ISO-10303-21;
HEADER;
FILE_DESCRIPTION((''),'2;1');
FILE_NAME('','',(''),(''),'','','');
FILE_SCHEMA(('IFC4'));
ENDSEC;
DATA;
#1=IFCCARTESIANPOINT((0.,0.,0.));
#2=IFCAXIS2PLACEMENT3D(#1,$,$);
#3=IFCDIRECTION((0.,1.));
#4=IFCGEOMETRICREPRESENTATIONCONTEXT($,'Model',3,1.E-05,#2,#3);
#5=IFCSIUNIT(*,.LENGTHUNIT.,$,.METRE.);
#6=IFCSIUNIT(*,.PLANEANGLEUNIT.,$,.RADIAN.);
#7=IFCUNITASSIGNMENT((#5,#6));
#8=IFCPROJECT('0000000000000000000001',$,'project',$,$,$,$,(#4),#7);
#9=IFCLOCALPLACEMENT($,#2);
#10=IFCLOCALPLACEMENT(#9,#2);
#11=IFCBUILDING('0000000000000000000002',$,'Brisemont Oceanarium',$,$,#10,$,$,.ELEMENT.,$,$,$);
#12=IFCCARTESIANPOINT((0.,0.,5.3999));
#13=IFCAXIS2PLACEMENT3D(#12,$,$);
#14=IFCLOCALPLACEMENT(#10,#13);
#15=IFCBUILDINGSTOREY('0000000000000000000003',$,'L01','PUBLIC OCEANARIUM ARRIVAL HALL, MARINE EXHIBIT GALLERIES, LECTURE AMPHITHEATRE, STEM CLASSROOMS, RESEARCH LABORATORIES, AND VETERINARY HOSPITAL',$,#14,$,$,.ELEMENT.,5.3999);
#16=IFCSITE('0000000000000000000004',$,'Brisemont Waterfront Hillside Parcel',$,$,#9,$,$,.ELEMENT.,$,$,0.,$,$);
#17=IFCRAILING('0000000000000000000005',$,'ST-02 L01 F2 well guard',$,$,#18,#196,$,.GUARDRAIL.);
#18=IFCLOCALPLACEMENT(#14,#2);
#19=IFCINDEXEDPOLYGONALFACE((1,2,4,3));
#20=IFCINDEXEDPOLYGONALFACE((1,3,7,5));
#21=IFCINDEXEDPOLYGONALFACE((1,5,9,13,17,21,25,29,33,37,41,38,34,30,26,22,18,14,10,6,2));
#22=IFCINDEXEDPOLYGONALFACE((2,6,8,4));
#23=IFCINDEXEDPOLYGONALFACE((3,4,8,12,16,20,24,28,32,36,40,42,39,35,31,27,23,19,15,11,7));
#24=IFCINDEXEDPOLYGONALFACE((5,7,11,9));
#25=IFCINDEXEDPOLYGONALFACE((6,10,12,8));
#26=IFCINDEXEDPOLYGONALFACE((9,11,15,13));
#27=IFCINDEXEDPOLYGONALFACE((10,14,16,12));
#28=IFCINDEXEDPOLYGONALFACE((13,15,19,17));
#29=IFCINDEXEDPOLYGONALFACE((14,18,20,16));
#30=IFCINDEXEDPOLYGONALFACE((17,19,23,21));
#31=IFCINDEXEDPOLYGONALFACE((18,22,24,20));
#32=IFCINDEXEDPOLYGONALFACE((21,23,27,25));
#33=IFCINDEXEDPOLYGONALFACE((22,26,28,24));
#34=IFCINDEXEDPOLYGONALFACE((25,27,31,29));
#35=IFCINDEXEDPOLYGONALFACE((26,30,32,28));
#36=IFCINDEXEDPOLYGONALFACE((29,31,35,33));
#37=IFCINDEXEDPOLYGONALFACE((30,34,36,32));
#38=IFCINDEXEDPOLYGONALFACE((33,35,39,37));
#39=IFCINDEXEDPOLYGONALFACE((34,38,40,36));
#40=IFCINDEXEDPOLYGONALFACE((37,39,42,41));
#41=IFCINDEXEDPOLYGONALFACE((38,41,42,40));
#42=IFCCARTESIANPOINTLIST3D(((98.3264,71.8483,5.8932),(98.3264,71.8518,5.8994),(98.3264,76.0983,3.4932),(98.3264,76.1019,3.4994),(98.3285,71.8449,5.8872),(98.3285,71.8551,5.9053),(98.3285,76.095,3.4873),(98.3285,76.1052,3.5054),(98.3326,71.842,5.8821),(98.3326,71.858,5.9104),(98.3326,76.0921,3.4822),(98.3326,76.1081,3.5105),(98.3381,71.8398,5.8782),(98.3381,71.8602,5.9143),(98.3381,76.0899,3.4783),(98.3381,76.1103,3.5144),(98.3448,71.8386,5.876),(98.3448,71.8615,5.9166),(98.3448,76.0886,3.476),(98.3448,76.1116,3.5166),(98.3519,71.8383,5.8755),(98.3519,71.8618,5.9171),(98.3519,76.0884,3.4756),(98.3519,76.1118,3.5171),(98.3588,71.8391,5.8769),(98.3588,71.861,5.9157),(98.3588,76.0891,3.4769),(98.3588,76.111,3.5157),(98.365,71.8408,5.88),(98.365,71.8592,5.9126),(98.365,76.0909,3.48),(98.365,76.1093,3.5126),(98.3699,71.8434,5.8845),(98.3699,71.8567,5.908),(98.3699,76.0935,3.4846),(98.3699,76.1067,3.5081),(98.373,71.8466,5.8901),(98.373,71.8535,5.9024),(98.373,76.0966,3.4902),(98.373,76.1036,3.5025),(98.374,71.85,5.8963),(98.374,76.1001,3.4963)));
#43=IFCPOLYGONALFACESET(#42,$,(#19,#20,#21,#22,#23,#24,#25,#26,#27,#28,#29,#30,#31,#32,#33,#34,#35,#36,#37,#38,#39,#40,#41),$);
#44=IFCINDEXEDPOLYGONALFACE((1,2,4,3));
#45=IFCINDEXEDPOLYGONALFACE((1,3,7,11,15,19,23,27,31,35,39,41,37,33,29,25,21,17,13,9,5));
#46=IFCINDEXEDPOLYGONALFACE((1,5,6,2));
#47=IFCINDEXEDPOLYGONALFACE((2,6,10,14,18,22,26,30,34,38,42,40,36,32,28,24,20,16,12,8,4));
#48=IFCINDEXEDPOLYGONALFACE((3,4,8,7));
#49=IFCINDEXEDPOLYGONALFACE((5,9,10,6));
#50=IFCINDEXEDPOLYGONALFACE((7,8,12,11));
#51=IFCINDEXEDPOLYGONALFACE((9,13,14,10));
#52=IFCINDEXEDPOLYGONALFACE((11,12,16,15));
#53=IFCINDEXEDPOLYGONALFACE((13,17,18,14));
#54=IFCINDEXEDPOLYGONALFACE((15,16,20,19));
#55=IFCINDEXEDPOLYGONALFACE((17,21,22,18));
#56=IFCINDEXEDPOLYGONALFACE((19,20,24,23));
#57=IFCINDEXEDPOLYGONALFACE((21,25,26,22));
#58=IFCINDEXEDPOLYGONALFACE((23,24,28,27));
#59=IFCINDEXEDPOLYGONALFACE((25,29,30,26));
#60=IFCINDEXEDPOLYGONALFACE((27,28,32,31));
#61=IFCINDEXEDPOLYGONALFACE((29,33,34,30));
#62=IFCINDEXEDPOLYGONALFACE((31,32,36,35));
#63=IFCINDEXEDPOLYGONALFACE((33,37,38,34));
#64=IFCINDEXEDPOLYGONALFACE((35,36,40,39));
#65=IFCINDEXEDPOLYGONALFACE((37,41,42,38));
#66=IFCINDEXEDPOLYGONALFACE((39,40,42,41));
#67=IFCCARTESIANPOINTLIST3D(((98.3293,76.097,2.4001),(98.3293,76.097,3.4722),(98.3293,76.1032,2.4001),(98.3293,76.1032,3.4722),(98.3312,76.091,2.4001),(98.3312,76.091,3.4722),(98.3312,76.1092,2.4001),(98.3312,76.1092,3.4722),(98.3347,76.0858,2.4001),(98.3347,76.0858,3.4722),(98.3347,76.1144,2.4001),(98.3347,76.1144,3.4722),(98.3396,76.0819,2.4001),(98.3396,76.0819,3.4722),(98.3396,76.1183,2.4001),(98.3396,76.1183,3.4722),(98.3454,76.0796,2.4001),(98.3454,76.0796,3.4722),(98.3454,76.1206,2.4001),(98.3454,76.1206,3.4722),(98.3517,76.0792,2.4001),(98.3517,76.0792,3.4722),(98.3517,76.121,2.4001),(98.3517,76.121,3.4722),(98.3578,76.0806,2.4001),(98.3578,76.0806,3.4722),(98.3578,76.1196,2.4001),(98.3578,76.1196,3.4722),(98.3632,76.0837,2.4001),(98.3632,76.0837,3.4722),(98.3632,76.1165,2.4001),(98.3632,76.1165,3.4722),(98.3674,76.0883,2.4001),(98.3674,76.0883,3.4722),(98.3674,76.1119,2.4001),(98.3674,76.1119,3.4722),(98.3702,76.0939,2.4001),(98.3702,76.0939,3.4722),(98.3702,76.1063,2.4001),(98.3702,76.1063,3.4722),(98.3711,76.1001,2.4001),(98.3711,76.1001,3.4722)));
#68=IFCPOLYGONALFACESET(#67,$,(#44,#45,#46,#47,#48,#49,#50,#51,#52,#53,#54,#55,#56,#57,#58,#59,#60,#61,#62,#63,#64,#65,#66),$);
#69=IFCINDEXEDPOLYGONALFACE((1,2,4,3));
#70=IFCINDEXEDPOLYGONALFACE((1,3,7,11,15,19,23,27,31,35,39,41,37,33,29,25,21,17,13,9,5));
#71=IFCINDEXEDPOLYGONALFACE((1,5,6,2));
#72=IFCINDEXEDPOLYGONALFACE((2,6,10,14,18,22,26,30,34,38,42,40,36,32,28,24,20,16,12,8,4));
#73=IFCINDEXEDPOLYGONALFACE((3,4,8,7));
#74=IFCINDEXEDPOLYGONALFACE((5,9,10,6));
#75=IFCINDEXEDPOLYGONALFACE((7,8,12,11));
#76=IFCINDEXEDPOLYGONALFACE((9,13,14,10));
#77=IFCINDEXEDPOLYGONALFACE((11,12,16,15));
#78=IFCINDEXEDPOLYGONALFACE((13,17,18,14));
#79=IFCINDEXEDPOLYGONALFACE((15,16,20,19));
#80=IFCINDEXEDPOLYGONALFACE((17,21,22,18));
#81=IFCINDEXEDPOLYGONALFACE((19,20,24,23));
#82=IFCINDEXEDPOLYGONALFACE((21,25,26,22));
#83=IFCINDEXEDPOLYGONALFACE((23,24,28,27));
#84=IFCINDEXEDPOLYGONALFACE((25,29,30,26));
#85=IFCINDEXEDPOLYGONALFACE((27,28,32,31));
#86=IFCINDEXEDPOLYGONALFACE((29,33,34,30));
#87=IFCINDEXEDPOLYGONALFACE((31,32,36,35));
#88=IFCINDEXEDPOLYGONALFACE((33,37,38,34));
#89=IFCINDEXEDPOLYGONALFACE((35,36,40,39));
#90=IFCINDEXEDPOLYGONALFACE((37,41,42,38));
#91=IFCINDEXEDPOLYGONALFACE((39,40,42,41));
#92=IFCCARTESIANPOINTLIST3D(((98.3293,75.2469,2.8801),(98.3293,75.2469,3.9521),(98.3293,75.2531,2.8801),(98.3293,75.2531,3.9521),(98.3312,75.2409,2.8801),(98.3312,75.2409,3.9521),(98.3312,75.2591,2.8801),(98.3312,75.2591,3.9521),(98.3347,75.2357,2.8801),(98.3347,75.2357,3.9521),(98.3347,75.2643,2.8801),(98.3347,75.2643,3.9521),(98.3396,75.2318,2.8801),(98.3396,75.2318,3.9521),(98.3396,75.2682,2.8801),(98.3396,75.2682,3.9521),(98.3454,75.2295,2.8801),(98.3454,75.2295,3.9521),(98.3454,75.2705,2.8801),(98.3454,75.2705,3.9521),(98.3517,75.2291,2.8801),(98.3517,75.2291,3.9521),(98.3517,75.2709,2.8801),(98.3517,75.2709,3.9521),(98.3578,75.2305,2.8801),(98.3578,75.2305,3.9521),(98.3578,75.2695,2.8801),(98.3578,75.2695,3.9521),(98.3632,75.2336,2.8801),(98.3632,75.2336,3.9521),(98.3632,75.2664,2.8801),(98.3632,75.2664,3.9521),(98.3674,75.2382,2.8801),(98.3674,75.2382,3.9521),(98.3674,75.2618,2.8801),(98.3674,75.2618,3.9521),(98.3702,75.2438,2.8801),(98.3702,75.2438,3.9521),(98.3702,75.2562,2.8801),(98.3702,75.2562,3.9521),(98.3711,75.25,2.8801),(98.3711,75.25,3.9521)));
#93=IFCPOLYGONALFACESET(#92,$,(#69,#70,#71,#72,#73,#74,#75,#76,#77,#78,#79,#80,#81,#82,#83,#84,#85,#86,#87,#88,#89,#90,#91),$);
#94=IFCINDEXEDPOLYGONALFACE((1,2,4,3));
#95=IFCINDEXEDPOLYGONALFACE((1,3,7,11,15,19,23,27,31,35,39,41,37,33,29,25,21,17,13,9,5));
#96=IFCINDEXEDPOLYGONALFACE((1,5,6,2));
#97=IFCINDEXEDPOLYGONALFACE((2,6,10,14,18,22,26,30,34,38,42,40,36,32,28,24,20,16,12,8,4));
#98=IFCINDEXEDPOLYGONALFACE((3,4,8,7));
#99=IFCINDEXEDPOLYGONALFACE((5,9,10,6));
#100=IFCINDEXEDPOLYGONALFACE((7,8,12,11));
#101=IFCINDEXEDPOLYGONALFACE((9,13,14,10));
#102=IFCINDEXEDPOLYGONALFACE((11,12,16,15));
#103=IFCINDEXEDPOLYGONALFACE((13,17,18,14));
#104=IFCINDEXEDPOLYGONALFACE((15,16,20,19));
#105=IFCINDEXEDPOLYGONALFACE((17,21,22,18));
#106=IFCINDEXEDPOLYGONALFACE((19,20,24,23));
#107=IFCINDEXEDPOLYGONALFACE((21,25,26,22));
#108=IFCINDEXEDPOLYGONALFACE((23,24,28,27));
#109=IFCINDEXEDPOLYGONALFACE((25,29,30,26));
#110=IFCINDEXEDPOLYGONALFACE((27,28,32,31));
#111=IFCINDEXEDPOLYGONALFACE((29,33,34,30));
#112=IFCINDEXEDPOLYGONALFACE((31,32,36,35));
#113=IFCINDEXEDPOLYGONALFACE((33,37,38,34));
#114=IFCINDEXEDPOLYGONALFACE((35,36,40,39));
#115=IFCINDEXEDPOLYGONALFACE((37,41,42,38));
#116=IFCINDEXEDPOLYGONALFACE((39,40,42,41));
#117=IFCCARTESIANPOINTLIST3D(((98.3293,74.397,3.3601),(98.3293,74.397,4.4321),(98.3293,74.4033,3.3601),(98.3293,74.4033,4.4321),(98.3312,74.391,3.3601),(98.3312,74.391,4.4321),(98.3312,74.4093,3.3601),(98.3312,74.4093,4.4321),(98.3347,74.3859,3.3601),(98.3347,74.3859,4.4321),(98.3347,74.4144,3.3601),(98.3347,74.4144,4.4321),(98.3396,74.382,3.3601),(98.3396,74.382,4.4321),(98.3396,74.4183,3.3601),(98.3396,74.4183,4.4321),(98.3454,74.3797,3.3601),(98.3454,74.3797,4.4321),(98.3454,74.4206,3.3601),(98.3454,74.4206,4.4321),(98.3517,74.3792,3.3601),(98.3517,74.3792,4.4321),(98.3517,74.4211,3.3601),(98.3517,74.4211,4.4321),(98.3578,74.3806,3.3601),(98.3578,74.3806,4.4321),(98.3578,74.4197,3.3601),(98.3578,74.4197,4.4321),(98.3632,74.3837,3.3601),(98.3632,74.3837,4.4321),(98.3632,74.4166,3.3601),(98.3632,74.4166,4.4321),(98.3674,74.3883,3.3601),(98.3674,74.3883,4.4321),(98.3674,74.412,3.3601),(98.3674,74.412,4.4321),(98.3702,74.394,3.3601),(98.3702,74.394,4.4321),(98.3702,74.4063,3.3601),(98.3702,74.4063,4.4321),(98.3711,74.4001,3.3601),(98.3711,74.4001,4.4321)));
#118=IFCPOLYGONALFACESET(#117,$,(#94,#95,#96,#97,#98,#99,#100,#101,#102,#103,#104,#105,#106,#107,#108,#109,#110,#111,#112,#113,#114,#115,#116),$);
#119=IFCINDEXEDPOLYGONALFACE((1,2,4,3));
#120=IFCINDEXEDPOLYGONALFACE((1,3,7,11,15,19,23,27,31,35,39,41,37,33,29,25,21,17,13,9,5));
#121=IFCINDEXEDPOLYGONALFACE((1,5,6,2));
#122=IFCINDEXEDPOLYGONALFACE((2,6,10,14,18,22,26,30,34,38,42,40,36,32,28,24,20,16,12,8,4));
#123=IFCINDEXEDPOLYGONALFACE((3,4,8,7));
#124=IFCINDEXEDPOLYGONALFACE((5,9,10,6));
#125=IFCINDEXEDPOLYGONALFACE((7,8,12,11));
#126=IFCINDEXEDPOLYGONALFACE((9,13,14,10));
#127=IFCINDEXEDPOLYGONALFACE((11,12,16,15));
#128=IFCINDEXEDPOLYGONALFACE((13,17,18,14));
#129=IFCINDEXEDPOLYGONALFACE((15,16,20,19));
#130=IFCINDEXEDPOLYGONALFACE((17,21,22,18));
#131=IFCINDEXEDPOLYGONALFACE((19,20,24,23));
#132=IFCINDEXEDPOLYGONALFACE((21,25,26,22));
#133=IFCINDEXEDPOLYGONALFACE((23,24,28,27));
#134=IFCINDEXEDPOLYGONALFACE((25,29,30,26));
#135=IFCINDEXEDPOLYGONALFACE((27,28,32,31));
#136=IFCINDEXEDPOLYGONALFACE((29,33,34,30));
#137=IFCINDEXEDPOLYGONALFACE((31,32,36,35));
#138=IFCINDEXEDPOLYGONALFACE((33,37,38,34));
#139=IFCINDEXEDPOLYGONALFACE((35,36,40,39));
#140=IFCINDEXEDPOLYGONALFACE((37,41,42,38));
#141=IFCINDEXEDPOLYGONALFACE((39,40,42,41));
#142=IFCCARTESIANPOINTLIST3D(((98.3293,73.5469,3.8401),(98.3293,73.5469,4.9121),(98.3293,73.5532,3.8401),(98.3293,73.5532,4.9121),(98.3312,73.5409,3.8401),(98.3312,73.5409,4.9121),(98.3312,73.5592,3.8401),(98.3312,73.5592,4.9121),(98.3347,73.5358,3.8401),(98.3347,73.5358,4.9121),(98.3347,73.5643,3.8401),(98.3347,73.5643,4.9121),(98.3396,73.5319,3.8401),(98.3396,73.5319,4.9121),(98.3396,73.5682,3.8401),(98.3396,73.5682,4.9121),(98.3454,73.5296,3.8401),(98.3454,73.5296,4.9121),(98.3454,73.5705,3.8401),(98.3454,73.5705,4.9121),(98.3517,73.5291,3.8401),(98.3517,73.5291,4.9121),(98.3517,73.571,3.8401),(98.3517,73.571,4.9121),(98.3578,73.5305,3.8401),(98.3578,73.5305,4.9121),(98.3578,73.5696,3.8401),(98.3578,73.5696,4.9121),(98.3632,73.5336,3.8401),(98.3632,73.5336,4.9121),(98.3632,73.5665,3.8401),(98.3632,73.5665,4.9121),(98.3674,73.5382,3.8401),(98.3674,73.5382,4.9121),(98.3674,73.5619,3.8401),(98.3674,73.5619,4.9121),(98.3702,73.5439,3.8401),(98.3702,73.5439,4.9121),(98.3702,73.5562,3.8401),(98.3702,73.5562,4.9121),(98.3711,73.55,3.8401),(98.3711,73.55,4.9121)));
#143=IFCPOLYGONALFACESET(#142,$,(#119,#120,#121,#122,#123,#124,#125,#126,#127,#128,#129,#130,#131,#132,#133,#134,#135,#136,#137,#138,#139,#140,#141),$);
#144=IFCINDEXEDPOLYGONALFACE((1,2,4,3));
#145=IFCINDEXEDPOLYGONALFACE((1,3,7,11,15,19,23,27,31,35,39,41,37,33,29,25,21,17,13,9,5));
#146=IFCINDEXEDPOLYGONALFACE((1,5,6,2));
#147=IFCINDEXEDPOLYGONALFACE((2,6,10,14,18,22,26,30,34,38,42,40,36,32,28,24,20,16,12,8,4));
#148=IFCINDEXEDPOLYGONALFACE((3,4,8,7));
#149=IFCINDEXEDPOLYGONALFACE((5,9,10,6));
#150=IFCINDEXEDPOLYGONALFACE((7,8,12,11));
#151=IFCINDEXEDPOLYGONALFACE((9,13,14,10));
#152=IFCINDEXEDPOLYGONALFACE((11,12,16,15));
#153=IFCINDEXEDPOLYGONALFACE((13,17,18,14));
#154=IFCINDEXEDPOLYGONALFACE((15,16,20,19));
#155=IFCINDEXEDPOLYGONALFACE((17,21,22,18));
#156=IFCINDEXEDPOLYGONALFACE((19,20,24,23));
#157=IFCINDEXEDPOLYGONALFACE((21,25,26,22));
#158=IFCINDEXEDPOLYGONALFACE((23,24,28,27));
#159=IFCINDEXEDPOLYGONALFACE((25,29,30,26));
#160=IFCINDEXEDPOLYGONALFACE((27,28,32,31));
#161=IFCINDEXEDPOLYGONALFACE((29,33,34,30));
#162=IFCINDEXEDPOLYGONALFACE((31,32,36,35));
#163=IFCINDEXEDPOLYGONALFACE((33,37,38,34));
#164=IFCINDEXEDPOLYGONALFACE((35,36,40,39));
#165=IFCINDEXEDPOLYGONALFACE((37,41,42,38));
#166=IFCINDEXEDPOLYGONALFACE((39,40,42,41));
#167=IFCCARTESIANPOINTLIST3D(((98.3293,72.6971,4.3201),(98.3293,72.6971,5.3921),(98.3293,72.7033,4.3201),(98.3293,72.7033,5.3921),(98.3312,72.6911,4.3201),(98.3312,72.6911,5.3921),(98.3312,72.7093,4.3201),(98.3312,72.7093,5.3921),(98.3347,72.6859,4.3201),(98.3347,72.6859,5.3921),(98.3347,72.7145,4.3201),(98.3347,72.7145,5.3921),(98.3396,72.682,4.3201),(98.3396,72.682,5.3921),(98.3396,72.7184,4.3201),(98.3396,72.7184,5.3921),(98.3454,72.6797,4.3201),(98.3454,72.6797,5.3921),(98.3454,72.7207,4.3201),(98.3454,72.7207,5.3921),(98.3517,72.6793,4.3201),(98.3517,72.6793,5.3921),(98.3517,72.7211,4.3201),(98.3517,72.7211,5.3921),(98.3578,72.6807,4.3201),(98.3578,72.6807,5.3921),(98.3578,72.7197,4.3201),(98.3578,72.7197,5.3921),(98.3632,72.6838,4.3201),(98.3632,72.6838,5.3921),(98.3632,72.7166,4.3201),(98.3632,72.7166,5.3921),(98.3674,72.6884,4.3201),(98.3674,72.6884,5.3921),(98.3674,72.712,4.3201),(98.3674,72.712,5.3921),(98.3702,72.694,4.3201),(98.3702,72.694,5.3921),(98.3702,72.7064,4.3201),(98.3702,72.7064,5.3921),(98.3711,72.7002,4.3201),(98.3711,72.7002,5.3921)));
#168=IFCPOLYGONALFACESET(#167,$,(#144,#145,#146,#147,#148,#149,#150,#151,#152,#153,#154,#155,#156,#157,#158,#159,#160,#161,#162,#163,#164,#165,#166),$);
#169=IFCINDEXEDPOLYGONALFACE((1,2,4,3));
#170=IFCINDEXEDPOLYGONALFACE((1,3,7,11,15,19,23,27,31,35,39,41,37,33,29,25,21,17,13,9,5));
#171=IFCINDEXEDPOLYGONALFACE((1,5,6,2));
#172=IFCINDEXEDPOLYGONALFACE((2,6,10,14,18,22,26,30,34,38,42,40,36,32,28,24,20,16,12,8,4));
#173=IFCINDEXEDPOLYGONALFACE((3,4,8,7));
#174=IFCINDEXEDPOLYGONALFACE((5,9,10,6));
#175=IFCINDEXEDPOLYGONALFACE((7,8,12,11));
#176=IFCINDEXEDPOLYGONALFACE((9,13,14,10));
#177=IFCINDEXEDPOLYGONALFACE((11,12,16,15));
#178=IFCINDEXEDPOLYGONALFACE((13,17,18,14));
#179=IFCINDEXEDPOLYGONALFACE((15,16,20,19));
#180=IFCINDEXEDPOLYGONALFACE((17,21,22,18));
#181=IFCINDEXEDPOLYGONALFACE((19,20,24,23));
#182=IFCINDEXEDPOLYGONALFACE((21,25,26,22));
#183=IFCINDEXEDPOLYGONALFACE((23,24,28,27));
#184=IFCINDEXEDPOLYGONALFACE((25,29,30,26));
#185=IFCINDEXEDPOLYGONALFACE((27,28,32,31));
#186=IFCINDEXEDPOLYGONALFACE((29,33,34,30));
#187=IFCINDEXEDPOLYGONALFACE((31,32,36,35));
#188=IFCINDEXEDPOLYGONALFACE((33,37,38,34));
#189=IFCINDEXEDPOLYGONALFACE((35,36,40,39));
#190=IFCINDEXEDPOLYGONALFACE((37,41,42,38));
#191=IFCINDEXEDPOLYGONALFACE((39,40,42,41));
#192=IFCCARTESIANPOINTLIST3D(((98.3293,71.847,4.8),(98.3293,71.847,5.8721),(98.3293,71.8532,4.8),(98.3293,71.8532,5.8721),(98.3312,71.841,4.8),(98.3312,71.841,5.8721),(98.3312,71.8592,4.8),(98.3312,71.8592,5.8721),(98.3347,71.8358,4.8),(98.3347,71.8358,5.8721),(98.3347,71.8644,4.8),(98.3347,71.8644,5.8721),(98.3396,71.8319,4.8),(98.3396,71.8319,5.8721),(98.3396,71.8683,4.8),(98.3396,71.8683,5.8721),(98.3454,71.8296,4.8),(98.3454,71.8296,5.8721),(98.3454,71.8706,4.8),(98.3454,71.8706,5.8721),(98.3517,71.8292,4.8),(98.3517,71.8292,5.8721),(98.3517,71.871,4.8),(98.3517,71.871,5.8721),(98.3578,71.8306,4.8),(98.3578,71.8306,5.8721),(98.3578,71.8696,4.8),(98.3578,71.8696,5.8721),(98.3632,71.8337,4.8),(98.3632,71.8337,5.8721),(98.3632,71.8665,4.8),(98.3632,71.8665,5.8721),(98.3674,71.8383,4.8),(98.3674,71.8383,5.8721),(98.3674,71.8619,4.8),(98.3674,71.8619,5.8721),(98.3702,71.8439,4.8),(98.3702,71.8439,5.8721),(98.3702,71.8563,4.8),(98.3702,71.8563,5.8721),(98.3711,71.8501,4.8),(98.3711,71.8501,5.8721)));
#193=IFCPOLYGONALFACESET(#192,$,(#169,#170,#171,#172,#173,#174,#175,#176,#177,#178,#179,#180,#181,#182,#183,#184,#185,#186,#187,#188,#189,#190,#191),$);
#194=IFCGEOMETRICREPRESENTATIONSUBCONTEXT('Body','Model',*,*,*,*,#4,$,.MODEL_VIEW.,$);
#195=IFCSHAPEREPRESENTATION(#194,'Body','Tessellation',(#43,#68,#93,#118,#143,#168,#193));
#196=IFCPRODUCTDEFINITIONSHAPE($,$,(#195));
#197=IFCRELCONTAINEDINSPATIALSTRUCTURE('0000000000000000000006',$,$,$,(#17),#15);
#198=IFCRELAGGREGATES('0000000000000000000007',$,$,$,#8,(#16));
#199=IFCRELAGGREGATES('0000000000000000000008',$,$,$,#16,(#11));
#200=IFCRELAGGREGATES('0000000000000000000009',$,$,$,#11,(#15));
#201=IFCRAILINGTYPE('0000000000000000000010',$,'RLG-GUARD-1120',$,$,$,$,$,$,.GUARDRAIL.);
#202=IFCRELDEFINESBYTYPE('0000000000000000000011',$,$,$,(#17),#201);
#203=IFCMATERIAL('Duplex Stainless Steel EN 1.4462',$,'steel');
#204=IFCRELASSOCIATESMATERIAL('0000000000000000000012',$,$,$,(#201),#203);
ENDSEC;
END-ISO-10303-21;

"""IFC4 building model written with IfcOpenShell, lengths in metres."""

from ifc_helpers import new_model, si_unit, direction, frame, origin, origin_2d, place, context, subcontext, project, spatial, circle, extrude, material, type_object, element, save


model = new_model("IFC4")

# Units and contexts
model_context = context("Model", 3, precision=1e-05, world=origin(), true_north=direction((0.0, 1.0)))
body_context = subcontext(model_context, "Body", "Model", "MODEL_VIEW")
ifc_project = project(units=[si_unit("LENGTHUNIT", "METRE"), si_unit("PLANEANGLEUNIT", "RADIAN")], contexts=[model_context])

# Site, building, storey
site_placement = place(None, origin())
site = spatial("IfcSite", under=ifc_project, at=site_placement, Name="Brisemont Waterfront Hillside Parcel", CompositionType="ELEMENT", RefElevation=0.0)
building_placement = place(site_placement, origin())
building = spatial("IfcBuilding", under=site, at=building_placement, Name="Brisemont Oceanarium", CompositionType="ELEMENT")
storey_placement = place(building_placement, frame((0.0, 0.0, 5.3999)))
storey = spatial("IfcBuildingStorey", under=building, at=storey_placement, Name="L01", Description="PUBLIC OCEANARIUM ARRIVAL HALL, MARINE EXHIBIT GALLERIES, LECTURE AMPHITHEATRE, STEM CLASSROOMS, RESEARCH LABORATORIES, AND VETERINARY HOSPITAL", CompositionType="ELEMENT", Elevation=5.3999)

# Railing
ifc_material_1 = material(Name="Duplex Stainless Steel EN 1.4462", Category="steel")
railing_type_1 = type_object("IfcRailingType", Name="RLG-GUARD-1120", PredefinedType="GUARDRAIL", material=ifc_material_1)
railing_1_placement = place(storey_placement, frame((98.3501, 76.1001, 2.4001)))
element("IfcRailing", 1, at=railing_1_placement, inside=storey, type_object=railing_type_1, Name="ST-02 L01 F2 well guard", PredefinedType="GUARDRAIL", context=body_context, shape_type="SweptSolid", body=[
    extrude(circle(Radius=0.0239, at=origin_2d()), frame((0.0, 0.0, 1.0962), z_axis=(0.0, -0.870762, 0.491704), x_axis=(1.0, 0.0, 0.0)), (0.0, 0.0, 1.0), 4.8809),
    extrude(circle(Radius=0.021, at=origin_2d()), origin(), (0.0, 0.0, 1.0), 1.072),
    extrude(circle(Radius=0.021, at=origin_2d()), frame((0.0, -0.8501, 0.48)), (0.0, 0.0, 1.0), 1.072),
    extrude(circle(Radius=0.021, at=origin_2d()), frame((0.0, -1.7, 0.96)), (0.0, 0.0, 1.0), 1.072),
    extrude(circle(Radius=0.021, at=origin_2d()), frame((0.0, -2.55, 1.4399)), (0.0, 0.0, 1.0), 1.072),
    extrude(circle(Radius=0.021, at=origin_2d()), frame((0.0, -3.3999, 1.9199)), (0.0, 0.0, 1.0), 1.072),
    extrude(circle(Radius=0.021, at=origin_2d()), frame((0.0, -4.25, 2.3999)), (0.0, 0.0, 1.0), 1.072),
])

save(model, "model.ifc")
